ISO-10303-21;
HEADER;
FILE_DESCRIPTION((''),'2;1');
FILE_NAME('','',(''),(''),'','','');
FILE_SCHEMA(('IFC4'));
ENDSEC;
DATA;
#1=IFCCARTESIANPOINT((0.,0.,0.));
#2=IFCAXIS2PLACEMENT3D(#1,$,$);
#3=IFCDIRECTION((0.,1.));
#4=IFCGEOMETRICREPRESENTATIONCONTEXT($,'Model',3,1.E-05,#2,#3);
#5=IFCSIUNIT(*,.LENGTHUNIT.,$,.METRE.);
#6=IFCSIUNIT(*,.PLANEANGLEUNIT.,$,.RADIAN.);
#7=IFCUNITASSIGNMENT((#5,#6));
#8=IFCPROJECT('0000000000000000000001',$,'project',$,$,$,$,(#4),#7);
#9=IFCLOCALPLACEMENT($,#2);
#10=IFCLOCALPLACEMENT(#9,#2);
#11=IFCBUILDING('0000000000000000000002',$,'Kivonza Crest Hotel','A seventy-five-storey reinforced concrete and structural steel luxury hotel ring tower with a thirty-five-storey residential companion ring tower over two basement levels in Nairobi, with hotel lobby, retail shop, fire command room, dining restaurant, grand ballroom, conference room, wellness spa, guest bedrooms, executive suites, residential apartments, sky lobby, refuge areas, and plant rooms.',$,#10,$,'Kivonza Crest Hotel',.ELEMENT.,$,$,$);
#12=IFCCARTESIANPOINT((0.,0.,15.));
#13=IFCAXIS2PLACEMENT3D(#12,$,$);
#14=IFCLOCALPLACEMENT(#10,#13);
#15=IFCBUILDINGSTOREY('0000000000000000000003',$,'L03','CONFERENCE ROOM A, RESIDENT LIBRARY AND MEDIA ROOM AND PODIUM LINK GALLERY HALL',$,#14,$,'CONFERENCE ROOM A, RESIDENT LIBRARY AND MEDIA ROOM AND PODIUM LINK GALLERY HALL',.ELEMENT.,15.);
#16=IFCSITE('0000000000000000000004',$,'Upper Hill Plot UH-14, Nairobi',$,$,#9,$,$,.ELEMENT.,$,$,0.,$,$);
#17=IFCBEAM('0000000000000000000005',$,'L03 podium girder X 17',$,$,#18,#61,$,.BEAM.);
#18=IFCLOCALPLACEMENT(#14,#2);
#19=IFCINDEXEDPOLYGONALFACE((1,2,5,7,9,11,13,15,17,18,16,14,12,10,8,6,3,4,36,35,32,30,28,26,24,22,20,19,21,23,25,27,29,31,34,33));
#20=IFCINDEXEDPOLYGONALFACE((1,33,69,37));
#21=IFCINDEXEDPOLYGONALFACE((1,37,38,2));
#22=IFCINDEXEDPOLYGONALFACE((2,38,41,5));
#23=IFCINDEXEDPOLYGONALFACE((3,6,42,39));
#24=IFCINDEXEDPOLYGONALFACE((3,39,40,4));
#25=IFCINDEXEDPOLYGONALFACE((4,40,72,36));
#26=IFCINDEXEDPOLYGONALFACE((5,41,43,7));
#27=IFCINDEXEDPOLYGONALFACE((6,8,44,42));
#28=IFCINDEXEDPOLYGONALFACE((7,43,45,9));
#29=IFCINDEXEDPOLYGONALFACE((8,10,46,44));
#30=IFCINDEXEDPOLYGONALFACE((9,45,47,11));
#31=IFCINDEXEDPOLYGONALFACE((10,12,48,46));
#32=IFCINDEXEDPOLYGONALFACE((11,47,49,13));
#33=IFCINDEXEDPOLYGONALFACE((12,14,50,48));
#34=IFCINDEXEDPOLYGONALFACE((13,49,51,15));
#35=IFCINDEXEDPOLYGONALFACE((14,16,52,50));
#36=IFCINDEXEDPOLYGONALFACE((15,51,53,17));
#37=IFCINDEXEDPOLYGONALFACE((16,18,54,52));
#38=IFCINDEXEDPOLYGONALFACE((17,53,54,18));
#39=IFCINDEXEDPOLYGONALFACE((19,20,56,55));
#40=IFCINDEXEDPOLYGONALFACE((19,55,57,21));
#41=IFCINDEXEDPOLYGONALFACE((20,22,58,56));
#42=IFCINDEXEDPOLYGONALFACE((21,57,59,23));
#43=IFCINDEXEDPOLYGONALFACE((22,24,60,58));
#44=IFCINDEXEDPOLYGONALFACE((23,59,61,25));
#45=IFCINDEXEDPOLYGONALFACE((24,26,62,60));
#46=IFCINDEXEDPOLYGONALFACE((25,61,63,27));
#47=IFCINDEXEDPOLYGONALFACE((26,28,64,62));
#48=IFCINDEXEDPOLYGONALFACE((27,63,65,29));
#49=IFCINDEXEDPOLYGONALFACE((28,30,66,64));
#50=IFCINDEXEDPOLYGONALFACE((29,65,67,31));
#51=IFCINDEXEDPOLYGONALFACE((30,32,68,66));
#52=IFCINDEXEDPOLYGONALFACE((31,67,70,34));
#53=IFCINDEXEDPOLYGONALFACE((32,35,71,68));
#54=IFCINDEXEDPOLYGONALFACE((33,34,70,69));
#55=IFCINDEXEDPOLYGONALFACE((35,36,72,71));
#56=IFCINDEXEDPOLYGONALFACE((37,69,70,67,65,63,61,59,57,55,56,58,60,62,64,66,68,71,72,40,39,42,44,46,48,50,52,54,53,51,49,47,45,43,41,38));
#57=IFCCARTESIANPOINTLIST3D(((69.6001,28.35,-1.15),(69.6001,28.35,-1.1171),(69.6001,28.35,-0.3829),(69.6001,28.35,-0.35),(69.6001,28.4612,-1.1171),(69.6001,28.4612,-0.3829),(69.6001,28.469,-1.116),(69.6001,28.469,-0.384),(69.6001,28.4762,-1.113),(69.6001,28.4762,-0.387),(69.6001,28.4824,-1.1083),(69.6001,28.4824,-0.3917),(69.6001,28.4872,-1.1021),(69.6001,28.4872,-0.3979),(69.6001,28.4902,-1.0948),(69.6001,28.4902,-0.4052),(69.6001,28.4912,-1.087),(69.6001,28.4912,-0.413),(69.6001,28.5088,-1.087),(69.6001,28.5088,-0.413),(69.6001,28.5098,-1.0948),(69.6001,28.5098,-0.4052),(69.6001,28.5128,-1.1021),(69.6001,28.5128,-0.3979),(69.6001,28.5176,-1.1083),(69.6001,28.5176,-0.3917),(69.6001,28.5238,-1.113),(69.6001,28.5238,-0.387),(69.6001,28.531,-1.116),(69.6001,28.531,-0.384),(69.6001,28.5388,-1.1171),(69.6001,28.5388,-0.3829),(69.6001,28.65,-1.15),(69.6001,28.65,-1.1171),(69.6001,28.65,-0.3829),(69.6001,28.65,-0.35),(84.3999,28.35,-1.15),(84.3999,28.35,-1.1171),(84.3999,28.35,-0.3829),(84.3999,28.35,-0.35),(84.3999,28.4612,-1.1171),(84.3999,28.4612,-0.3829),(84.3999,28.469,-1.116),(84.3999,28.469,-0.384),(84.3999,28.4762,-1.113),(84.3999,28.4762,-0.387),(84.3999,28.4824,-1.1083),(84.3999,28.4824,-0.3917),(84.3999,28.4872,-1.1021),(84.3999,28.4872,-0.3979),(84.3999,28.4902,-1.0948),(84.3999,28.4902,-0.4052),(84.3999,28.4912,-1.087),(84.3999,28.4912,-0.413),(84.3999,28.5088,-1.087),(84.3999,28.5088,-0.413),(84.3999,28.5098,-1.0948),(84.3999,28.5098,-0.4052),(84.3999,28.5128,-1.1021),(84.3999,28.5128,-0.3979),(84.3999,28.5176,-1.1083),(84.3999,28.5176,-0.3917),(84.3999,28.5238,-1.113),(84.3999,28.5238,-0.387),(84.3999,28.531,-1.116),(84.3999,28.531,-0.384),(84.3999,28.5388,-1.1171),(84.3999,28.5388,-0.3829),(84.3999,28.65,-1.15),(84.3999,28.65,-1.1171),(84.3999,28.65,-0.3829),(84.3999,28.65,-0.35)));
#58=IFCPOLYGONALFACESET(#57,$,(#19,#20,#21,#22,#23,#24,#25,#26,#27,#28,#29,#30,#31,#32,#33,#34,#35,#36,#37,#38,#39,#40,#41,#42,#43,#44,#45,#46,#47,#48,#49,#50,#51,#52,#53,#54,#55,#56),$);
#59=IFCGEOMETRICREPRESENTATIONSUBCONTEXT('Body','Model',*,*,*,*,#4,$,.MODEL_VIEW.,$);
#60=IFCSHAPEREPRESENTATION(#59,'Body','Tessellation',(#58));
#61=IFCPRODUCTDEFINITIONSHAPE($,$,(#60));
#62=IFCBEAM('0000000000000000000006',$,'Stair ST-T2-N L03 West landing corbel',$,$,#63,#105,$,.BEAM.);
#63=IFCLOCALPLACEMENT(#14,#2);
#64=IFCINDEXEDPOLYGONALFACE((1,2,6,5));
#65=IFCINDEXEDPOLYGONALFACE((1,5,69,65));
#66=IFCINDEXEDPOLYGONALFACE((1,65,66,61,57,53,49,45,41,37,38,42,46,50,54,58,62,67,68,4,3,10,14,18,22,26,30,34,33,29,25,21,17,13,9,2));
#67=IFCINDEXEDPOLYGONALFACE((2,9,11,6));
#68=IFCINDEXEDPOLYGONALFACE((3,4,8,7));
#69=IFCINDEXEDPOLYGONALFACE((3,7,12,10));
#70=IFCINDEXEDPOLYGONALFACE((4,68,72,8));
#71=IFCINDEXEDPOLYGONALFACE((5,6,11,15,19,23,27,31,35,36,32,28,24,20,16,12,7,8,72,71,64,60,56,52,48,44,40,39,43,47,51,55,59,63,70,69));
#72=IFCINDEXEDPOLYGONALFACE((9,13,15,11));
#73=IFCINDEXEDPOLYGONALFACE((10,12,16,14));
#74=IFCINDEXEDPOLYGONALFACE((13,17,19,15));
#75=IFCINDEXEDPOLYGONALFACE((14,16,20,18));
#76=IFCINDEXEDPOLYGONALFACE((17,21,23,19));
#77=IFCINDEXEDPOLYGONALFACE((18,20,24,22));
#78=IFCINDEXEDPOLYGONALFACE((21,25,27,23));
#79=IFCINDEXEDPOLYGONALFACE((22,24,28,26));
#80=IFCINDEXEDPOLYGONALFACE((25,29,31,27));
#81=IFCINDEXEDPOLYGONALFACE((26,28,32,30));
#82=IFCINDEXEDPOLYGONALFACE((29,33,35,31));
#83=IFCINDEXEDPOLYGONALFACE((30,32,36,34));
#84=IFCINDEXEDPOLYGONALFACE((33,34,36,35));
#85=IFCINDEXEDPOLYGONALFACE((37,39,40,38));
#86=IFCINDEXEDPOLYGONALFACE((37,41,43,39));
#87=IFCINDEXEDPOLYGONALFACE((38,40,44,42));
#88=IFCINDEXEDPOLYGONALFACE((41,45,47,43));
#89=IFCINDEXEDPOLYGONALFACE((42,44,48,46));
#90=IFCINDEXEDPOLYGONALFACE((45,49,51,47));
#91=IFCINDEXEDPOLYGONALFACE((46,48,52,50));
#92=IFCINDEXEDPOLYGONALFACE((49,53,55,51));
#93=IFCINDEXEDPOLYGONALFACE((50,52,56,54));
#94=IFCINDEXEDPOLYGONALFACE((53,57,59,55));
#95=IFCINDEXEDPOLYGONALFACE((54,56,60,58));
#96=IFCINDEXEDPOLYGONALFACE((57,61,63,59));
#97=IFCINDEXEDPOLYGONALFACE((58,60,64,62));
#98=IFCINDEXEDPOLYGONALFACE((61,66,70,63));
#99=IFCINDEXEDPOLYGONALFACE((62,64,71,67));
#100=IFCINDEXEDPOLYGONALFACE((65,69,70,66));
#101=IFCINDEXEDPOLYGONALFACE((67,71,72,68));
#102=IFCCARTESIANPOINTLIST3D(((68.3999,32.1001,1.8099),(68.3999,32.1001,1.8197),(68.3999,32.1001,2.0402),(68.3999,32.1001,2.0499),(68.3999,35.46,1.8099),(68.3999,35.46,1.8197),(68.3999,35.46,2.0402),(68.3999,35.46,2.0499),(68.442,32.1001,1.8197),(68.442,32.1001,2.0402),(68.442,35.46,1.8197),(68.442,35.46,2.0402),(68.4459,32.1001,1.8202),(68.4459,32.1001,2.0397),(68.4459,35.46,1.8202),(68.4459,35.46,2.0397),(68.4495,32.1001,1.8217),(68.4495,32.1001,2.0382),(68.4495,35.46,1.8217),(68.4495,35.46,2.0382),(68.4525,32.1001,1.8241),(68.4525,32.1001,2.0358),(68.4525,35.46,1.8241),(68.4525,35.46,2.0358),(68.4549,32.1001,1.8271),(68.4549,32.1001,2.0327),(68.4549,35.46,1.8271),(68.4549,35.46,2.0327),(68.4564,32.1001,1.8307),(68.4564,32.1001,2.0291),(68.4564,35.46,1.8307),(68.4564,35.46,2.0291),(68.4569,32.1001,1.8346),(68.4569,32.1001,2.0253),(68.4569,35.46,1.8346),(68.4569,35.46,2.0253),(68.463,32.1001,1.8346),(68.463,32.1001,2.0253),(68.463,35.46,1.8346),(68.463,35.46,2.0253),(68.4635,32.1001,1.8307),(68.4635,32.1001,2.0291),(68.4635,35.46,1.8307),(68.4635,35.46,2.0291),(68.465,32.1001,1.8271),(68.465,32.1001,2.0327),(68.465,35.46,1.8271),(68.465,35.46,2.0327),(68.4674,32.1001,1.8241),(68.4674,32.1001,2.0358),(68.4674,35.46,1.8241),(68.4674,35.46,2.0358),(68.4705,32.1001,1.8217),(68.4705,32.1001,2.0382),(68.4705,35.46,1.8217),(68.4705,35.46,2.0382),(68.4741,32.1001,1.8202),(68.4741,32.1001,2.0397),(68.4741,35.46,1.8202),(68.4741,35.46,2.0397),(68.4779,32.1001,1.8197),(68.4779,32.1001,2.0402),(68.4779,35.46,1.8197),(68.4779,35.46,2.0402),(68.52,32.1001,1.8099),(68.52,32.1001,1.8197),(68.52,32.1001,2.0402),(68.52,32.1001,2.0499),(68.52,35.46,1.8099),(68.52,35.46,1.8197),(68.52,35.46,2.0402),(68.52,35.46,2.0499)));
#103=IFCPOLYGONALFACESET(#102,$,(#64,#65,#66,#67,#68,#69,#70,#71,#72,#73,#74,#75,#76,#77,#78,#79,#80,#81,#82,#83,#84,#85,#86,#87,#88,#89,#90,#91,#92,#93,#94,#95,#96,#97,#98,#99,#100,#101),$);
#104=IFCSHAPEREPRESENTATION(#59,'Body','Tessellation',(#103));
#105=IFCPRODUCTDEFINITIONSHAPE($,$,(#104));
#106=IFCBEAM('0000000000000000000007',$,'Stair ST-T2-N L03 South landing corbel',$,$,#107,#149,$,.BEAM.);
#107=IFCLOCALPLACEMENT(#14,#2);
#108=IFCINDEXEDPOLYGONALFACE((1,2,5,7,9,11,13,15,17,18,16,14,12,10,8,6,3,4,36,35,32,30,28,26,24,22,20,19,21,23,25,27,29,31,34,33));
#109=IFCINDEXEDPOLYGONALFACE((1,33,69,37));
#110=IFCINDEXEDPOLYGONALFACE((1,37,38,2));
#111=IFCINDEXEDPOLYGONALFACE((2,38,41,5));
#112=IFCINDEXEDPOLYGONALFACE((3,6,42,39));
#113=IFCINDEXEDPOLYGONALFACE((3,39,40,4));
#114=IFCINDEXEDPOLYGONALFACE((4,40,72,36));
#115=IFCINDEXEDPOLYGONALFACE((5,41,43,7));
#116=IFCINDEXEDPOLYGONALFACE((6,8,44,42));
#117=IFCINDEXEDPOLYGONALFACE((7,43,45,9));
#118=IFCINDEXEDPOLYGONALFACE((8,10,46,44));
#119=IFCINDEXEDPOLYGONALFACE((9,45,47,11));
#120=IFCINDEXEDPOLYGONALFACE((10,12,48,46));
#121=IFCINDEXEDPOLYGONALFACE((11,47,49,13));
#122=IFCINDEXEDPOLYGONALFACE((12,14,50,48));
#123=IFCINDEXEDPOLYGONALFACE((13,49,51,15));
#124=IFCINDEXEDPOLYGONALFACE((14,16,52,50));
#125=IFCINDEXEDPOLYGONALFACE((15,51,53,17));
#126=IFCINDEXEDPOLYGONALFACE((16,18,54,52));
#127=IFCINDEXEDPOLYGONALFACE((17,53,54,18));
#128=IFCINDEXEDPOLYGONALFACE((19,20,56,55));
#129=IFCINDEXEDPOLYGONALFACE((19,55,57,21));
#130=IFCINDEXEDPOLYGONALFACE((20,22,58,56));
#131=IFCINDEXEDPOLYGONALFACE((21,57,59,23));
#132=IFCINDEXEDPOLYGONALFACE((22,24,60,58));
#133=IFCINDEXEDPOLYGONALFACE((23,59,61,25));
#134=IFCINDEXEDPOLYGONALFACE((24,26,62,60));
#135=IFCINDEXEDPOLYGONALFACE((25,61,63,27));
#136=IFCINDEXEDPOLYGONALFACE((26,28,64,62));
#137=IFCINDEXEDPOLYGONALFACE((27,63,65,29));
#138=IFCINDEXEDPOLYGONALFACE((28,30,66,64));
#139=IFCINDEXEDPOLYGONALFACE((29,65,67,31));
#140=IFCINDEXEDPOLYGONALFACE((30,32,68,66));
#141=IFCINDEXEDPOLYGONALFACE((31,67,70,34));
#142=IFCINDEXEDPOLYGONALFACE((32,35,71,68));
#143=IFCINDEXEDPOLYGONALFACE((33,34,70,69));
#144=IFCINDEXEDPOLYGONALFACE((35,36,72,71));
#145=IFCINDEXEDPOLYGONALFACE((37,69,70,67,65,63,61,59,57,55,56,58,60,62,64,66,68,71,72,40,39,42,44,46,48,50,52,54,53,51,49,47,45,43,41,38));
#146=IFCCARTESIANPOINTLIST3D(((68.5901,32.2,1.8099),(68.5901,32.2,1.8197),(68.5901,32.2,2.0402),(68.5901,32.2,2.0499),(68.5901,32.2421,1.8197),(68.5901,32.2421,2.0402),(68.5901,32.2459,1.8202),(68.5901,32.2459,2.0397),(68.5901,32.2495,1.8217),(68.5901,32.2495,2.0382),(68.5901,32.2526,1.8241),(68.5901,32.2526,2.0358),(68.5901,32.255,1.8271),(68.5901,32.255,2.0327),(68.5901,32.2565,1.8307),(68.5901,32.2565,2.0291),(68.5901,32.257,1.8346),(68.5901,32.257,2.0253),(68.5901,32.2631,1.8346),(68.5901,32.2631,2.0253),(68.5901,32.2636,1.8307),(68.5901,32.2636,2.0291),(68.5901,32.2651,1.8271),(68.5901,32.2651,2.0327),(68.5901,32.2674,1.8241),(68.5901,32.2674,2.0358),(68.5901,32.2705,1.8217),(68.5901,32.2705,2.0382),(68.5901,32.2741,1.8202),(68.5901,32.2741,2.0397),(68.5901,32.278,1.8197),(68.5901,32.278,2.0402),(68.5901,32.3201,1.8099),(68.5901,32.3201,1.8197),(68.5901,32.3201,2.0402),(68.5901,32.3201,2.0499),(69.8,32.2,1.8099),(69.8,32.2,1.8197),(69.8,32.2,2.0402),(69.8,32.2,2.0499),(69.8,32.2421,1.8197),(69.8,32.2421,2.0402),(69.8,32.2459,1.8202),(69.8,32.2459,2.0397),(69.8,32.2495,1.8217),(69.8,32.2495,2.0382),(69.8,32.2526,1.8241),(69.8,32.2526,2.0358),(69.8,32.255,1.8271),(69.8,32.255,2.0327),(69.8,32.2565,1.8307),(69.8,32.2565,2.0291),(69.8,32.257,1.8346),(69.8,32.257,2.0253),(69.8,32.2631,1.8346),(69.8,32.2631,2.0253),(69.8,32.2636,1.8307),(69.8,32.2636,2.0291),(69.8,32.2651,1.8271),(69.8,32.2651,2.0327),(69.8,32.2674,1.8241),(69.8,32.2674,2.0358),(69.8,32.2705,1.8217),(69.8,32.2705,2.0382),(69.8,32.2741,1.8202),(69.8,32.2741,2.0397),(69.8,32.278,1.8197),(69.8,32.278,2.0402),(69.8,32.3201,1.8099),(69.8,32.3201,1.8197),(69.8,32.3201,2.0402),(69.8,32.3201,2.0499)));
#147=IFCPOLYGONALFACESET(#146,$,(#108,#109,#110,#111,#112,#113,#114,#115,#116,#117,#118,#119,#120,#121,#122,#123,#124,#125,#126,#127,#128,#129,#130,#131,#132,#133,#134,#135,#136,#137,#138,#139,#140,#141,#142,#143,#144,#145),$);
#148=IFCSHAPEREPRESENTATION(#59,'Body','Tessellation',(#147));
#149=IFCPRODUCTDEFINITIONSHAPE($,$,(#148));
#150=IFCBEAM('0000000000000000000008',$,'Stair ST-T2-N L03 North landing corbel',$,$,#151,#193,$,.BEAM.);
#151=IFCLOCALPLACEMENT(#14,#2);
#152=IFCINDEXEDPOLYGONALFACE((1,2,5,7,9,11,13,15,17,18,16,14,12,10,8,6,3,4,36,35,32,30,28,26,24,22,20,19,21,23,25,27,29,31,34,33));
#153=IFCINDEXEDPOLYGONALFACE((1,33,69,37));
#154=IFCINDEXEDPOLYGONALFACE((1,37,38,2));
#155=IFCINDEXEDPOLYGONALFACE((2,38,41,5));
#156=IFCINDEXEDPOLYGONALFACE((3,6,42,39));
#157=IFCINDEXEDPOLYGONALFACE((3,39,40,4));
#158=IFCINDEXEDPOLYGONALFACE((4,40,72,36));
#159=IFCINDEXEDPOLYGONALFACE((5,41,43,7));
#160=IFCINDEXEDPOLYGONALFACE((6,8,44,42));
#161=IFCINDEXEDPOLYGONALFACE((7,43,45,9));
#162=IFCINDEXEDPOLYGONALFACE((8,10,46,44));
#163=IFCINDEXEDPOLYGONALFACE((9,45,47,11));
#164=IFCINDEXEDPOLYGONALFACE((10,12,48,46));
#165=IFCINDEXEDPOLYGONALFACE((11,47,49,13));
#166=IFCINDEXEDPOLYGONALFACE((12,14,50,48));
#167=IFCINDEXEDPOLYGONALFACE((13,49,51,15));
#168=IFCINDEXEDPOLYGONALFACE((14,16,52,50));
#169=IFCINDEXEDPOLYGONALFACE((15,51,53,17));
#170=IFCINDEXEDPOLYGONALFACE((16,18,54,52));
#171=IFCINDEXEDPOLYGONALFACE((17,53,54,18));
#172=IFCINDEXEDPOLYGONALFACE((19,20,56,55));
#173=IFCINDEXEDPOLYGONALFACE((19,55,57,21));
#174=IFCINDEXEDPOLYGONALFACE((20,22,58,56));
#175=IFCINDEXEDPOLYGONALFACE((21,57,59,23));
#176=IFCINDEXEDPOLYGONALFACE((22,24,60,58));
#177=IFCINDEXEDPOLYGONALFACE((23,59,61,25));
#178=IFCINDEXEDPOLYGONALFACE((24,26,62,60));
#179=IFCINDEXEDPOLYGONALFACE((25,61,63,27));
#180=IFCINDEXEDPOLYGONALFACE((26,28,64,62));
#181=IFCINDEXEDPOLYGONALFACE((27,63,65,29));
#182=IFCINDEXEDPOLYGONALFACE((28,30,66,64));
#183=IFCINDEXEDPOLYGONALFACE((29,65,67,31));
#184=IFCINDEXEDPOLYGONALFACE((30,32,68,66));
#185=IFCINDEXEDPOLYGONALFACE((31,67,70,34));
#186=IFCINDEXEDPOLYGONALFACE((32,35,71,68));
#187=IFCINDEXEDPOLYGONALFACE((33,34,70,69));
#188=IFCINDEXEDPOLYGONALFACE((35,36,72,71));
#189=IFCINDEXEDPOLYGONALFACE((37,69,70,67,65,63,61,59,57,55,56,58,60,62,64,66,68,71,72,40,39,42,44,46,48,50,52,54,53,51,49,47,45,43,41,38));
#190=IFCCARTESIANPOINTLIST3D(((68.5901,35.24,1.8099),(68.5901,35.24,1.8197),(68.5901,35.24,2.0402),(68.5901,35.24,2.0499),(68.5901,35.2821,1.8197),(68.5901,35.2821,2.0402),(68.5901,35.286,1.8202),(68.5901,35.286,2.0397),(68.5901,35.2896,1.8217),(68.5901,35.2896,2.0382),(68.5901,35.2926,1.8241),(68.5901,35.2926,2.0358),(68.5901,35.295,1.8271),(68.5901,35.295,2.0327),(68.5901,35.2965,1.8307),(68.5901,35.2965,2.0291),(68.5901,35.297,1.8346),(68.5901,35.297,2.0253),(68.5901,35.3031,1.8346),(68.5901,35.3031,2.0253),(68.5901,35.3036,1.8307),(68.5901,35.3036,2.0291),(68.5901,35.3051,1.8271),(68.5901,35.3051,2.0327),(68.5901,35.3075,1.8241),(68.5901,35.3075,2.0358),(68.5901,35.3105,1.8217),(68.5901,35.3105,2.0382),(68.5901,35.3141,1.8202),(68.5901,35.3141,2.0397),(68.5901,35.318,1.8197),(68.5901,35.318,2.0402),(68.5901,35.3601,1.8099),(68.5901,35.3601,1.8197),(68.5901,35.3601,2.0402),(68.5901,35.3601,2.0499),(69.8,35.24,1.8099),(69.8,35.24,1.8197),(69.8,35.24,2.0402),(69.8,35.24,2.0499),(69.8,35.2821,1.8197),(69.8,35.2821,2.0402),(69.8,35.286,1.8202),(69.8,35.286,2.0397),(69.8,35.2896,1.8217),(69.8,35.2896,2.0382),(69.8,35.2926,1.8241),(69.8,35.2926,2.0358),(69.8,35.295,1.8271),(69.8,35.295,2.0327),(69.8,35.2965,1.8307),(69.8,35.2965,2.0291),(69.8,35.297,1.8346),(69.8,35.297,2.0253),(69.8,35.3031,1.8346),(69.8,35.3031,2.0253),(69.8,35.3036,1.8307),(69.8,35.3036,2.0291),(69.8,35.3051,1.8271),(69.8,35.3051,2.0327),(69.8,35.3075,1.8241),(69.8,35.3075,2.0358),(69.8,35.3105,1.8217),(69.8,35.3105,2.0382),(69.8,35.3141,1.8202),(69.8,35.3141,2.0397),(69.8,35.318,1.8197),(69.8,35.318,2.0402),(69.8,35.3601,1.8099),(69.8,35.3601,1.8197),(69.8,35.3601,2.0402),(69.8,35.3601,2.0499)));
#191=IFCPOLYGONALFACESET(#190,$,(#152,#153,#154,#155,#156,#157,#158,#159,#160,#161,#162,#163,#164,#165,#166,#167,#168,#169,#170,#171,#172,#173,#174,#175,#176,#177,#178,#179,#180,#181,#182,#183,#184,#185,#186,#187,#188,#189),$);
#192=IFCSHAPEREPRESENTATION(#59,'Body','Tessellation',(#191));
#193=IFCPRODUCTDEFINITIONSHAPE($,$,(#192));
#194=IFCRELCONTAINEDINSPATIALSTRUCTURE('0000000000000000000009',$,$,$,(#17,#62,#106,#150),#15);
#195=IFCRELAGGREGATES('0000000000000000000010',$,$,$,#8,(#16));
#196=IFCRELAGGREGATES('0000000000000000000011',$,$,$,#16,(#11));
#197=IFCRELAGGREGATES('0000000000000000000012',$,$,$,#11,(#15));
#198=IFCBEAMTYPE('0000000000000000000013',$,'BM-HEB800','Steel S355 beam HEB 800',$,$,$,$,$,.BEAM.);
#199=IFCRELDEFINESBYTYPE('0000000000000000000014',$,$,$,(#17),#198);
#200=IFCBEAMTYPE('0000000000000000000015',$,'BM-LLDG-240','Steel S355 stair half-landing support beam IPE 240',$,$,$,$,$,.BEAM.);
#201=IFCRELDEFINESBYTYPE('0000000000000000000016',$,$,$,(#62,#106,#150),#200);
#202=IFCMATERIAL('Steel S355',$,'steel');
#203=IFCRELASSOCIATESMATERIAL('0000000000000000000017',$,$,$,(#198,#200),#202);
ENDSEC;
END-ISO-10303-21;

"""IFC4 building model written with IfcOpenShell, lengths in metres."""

from ifc_helpers import new_model, si_unit, direction, frame, origin, origin_2d, place, context, subcontext, project, spatial, i_section, extrude, material, material_profile, profile_set, type_object, element, save


model = new_model("IFC4")

# Units and contexts
model_context = context("Model", 3, precision=1e-05, world=origin(), true_north=direction((0.0, 1.0)))
body_context = subcontext(model_context, "Body", "Model", "MODEL_VIEW")
ifc_project = project(units=[si_unit("LENGTHUNIT", "METRE"), si_unit("PLANEANGLEUNIT", "RADIAN")], contexts=[model_context])

# Site, building, storey
site_placement = place(None, origin())
site = spatial("IfcSite", under=ifc_project, at=site_placement, Name="Upper Hill Plot UH-14, Nairobi", CompositionType="ELEMENT", RefElevation=0.0)
building_placement = place(site_placement, origin())
building = spatial("IfcBuilding", under=site, at=building_placement, Name="Kivonza Crest Hotel", Description="A seventy-five-storey reinforced concrete and structural steel luxury hotel ring tower with a thirty-five-storey residential companion ring tower over two basement levels in Nairobi, with hotel lobby, retail shop, fire command room, dining restaurant, grand ballroom, conference room, wellness spa, guest bedrooms, executive suites, residential apartments, sky lobby, refuge areas, and plant rooms.", LongName="Kivonza Crest Hotel", CompositionType="ELEMENT")
storey_placement = place(building_placement, frame((0.0, 0.0, 15.0)))
storey = spatial("IfcBuildingStorey", under=building, at=storey_placement, Name="L03", Description="CONFERENCE ROOM A, RESIDENT LIBRARY AND MEDIA ROOM AND PODIUM LINK GALLERY HALL", LongName="CONFERENCE ROOM A, RESIDENT LIBRARY AND MEDIA ROOM AND PODIUM LINK GALLERY HALL", CompositionType="ELEMENT", Elevation=15.0)

# Beams
ifc_material_1 = material(Name="Steel S355", Category="steel")
ifc_material_profile_1 = material_profile(ifc_material_1, i_section(OverallWidth=0.3, OverallDepth=0.8, WebThickness=0.0176, FlangeThickness=0.033, FilletRadius=0.03, at=origin_2d()), Name="HEB 800")
ifc_profile_set_1 = profile_set([ifc_material_profile_1], Name="Steel S355")
beam_type_1 = type_object("IfcBeamType", Name="BM-HEB800", Description="Steel S355 beam HEB 800", PredefinedType="BEAM", material=ifc_profile_set_1)
for number, where, z_axis, x_axis, name in (
    (1, (69.6001, 28.5, -0.75), (1.0, 0.0, 0.0), (0.0, 1.0, 0.0), "L03 podium girder X 17"),
):
    element("IfcBeam", number, at=place(storey_placement, frame(where, z_axis=z_axis, x_axis=x_axis)), inside=storey, type_object=beam_type_1, Name=name, PredefinedType="BEAM", context=body_context, shape_type="SweptSolid", body=[
        extrude(i_section(OverallWidth=0.3, OverallDepth=0.8, WebThickness=0.0176, FlangeThickness=0.033, FilletRadius=0.03, at=origin_2d()), origin(), (0.0, 0.0, 1.0), 14.7998),
    ])
ifc_material_profile_2 = material_profile(ifc_material_1, i_section(OverallWidth=0.1201, OverallDepth=0.24, WebThickness=0.0061, FlangeThickness=0.0098, FilletRadius=0.0149, at=origin_2d()), Name="IPE 240")
ifc_profile_set_2 = profile_set([ifc_material_profile_2], Name="Steel S355")
beam_type_2 = type_object("IfcBeamType", Name="BM-LLDG-240", Description="Steel S355 stair half-landing support beam IPE 240", PredefinedType="BEAM", material=ifc_profile_set_2)
beam_1_placement = place(storey_placement, frame((68.46, 32.1001, 1.9299), z_axis=(0.0, 1.0, 0.0), x_axis=(-1.0, 0.0, 0.0)))
element("IfcBeam", 2, at=beam_1_placement, inside=storey, type_object=beam_type_2, Name="Stair ST-T2-N L03 West landing corbel", PredefinedType="BEAM", context=body_context, shape_type="SweptSolid", body=[
    extrude(i_section(OverallWidth=0.1201, OverallDepth=0.24, WebThickness=0.0061, FlangeThickness=0.0098, FilletRadius=0.0149, at=origin_2d()), origin(), (0.0, 0.0, 1.0), 3.3599),
])
for number, where, z_axis, x_axis, name in (
    (3, (68.5901, 32.26, 1.9299), (1.0, 0.0, 0.0), (0.0, 1.0, 0.0), "Stair ST-T2-N L03 South landing corbel"),
    (4, (68.5901, 35.3, 1.9299), (1.0, 0.0, 0.0), (0.0, 1.0, 0.0), "Stair ST-T2-N L03 North landing corbel"),
):
    element("IfcBeam", number, at=place(storey_placement, frame(where, z_axis=z_axis, x_axis=x_axis)), inside=storey, type_object=beam_type_2, Name=name, PredefinedType="BEAM", context=body_context, shape_type="SweptSolid", body=[
        extrude(i_section(OverallWidth=0.1201, OverallDepth=0.24, WebThickness=0.0061, FlangeThickness=0.0098, FilletRadius=0.0149, at=origin_2d()), origin(), (0.0, 0.0, 1.0), 1.21),
    ])

save(model, "model.ifc")
